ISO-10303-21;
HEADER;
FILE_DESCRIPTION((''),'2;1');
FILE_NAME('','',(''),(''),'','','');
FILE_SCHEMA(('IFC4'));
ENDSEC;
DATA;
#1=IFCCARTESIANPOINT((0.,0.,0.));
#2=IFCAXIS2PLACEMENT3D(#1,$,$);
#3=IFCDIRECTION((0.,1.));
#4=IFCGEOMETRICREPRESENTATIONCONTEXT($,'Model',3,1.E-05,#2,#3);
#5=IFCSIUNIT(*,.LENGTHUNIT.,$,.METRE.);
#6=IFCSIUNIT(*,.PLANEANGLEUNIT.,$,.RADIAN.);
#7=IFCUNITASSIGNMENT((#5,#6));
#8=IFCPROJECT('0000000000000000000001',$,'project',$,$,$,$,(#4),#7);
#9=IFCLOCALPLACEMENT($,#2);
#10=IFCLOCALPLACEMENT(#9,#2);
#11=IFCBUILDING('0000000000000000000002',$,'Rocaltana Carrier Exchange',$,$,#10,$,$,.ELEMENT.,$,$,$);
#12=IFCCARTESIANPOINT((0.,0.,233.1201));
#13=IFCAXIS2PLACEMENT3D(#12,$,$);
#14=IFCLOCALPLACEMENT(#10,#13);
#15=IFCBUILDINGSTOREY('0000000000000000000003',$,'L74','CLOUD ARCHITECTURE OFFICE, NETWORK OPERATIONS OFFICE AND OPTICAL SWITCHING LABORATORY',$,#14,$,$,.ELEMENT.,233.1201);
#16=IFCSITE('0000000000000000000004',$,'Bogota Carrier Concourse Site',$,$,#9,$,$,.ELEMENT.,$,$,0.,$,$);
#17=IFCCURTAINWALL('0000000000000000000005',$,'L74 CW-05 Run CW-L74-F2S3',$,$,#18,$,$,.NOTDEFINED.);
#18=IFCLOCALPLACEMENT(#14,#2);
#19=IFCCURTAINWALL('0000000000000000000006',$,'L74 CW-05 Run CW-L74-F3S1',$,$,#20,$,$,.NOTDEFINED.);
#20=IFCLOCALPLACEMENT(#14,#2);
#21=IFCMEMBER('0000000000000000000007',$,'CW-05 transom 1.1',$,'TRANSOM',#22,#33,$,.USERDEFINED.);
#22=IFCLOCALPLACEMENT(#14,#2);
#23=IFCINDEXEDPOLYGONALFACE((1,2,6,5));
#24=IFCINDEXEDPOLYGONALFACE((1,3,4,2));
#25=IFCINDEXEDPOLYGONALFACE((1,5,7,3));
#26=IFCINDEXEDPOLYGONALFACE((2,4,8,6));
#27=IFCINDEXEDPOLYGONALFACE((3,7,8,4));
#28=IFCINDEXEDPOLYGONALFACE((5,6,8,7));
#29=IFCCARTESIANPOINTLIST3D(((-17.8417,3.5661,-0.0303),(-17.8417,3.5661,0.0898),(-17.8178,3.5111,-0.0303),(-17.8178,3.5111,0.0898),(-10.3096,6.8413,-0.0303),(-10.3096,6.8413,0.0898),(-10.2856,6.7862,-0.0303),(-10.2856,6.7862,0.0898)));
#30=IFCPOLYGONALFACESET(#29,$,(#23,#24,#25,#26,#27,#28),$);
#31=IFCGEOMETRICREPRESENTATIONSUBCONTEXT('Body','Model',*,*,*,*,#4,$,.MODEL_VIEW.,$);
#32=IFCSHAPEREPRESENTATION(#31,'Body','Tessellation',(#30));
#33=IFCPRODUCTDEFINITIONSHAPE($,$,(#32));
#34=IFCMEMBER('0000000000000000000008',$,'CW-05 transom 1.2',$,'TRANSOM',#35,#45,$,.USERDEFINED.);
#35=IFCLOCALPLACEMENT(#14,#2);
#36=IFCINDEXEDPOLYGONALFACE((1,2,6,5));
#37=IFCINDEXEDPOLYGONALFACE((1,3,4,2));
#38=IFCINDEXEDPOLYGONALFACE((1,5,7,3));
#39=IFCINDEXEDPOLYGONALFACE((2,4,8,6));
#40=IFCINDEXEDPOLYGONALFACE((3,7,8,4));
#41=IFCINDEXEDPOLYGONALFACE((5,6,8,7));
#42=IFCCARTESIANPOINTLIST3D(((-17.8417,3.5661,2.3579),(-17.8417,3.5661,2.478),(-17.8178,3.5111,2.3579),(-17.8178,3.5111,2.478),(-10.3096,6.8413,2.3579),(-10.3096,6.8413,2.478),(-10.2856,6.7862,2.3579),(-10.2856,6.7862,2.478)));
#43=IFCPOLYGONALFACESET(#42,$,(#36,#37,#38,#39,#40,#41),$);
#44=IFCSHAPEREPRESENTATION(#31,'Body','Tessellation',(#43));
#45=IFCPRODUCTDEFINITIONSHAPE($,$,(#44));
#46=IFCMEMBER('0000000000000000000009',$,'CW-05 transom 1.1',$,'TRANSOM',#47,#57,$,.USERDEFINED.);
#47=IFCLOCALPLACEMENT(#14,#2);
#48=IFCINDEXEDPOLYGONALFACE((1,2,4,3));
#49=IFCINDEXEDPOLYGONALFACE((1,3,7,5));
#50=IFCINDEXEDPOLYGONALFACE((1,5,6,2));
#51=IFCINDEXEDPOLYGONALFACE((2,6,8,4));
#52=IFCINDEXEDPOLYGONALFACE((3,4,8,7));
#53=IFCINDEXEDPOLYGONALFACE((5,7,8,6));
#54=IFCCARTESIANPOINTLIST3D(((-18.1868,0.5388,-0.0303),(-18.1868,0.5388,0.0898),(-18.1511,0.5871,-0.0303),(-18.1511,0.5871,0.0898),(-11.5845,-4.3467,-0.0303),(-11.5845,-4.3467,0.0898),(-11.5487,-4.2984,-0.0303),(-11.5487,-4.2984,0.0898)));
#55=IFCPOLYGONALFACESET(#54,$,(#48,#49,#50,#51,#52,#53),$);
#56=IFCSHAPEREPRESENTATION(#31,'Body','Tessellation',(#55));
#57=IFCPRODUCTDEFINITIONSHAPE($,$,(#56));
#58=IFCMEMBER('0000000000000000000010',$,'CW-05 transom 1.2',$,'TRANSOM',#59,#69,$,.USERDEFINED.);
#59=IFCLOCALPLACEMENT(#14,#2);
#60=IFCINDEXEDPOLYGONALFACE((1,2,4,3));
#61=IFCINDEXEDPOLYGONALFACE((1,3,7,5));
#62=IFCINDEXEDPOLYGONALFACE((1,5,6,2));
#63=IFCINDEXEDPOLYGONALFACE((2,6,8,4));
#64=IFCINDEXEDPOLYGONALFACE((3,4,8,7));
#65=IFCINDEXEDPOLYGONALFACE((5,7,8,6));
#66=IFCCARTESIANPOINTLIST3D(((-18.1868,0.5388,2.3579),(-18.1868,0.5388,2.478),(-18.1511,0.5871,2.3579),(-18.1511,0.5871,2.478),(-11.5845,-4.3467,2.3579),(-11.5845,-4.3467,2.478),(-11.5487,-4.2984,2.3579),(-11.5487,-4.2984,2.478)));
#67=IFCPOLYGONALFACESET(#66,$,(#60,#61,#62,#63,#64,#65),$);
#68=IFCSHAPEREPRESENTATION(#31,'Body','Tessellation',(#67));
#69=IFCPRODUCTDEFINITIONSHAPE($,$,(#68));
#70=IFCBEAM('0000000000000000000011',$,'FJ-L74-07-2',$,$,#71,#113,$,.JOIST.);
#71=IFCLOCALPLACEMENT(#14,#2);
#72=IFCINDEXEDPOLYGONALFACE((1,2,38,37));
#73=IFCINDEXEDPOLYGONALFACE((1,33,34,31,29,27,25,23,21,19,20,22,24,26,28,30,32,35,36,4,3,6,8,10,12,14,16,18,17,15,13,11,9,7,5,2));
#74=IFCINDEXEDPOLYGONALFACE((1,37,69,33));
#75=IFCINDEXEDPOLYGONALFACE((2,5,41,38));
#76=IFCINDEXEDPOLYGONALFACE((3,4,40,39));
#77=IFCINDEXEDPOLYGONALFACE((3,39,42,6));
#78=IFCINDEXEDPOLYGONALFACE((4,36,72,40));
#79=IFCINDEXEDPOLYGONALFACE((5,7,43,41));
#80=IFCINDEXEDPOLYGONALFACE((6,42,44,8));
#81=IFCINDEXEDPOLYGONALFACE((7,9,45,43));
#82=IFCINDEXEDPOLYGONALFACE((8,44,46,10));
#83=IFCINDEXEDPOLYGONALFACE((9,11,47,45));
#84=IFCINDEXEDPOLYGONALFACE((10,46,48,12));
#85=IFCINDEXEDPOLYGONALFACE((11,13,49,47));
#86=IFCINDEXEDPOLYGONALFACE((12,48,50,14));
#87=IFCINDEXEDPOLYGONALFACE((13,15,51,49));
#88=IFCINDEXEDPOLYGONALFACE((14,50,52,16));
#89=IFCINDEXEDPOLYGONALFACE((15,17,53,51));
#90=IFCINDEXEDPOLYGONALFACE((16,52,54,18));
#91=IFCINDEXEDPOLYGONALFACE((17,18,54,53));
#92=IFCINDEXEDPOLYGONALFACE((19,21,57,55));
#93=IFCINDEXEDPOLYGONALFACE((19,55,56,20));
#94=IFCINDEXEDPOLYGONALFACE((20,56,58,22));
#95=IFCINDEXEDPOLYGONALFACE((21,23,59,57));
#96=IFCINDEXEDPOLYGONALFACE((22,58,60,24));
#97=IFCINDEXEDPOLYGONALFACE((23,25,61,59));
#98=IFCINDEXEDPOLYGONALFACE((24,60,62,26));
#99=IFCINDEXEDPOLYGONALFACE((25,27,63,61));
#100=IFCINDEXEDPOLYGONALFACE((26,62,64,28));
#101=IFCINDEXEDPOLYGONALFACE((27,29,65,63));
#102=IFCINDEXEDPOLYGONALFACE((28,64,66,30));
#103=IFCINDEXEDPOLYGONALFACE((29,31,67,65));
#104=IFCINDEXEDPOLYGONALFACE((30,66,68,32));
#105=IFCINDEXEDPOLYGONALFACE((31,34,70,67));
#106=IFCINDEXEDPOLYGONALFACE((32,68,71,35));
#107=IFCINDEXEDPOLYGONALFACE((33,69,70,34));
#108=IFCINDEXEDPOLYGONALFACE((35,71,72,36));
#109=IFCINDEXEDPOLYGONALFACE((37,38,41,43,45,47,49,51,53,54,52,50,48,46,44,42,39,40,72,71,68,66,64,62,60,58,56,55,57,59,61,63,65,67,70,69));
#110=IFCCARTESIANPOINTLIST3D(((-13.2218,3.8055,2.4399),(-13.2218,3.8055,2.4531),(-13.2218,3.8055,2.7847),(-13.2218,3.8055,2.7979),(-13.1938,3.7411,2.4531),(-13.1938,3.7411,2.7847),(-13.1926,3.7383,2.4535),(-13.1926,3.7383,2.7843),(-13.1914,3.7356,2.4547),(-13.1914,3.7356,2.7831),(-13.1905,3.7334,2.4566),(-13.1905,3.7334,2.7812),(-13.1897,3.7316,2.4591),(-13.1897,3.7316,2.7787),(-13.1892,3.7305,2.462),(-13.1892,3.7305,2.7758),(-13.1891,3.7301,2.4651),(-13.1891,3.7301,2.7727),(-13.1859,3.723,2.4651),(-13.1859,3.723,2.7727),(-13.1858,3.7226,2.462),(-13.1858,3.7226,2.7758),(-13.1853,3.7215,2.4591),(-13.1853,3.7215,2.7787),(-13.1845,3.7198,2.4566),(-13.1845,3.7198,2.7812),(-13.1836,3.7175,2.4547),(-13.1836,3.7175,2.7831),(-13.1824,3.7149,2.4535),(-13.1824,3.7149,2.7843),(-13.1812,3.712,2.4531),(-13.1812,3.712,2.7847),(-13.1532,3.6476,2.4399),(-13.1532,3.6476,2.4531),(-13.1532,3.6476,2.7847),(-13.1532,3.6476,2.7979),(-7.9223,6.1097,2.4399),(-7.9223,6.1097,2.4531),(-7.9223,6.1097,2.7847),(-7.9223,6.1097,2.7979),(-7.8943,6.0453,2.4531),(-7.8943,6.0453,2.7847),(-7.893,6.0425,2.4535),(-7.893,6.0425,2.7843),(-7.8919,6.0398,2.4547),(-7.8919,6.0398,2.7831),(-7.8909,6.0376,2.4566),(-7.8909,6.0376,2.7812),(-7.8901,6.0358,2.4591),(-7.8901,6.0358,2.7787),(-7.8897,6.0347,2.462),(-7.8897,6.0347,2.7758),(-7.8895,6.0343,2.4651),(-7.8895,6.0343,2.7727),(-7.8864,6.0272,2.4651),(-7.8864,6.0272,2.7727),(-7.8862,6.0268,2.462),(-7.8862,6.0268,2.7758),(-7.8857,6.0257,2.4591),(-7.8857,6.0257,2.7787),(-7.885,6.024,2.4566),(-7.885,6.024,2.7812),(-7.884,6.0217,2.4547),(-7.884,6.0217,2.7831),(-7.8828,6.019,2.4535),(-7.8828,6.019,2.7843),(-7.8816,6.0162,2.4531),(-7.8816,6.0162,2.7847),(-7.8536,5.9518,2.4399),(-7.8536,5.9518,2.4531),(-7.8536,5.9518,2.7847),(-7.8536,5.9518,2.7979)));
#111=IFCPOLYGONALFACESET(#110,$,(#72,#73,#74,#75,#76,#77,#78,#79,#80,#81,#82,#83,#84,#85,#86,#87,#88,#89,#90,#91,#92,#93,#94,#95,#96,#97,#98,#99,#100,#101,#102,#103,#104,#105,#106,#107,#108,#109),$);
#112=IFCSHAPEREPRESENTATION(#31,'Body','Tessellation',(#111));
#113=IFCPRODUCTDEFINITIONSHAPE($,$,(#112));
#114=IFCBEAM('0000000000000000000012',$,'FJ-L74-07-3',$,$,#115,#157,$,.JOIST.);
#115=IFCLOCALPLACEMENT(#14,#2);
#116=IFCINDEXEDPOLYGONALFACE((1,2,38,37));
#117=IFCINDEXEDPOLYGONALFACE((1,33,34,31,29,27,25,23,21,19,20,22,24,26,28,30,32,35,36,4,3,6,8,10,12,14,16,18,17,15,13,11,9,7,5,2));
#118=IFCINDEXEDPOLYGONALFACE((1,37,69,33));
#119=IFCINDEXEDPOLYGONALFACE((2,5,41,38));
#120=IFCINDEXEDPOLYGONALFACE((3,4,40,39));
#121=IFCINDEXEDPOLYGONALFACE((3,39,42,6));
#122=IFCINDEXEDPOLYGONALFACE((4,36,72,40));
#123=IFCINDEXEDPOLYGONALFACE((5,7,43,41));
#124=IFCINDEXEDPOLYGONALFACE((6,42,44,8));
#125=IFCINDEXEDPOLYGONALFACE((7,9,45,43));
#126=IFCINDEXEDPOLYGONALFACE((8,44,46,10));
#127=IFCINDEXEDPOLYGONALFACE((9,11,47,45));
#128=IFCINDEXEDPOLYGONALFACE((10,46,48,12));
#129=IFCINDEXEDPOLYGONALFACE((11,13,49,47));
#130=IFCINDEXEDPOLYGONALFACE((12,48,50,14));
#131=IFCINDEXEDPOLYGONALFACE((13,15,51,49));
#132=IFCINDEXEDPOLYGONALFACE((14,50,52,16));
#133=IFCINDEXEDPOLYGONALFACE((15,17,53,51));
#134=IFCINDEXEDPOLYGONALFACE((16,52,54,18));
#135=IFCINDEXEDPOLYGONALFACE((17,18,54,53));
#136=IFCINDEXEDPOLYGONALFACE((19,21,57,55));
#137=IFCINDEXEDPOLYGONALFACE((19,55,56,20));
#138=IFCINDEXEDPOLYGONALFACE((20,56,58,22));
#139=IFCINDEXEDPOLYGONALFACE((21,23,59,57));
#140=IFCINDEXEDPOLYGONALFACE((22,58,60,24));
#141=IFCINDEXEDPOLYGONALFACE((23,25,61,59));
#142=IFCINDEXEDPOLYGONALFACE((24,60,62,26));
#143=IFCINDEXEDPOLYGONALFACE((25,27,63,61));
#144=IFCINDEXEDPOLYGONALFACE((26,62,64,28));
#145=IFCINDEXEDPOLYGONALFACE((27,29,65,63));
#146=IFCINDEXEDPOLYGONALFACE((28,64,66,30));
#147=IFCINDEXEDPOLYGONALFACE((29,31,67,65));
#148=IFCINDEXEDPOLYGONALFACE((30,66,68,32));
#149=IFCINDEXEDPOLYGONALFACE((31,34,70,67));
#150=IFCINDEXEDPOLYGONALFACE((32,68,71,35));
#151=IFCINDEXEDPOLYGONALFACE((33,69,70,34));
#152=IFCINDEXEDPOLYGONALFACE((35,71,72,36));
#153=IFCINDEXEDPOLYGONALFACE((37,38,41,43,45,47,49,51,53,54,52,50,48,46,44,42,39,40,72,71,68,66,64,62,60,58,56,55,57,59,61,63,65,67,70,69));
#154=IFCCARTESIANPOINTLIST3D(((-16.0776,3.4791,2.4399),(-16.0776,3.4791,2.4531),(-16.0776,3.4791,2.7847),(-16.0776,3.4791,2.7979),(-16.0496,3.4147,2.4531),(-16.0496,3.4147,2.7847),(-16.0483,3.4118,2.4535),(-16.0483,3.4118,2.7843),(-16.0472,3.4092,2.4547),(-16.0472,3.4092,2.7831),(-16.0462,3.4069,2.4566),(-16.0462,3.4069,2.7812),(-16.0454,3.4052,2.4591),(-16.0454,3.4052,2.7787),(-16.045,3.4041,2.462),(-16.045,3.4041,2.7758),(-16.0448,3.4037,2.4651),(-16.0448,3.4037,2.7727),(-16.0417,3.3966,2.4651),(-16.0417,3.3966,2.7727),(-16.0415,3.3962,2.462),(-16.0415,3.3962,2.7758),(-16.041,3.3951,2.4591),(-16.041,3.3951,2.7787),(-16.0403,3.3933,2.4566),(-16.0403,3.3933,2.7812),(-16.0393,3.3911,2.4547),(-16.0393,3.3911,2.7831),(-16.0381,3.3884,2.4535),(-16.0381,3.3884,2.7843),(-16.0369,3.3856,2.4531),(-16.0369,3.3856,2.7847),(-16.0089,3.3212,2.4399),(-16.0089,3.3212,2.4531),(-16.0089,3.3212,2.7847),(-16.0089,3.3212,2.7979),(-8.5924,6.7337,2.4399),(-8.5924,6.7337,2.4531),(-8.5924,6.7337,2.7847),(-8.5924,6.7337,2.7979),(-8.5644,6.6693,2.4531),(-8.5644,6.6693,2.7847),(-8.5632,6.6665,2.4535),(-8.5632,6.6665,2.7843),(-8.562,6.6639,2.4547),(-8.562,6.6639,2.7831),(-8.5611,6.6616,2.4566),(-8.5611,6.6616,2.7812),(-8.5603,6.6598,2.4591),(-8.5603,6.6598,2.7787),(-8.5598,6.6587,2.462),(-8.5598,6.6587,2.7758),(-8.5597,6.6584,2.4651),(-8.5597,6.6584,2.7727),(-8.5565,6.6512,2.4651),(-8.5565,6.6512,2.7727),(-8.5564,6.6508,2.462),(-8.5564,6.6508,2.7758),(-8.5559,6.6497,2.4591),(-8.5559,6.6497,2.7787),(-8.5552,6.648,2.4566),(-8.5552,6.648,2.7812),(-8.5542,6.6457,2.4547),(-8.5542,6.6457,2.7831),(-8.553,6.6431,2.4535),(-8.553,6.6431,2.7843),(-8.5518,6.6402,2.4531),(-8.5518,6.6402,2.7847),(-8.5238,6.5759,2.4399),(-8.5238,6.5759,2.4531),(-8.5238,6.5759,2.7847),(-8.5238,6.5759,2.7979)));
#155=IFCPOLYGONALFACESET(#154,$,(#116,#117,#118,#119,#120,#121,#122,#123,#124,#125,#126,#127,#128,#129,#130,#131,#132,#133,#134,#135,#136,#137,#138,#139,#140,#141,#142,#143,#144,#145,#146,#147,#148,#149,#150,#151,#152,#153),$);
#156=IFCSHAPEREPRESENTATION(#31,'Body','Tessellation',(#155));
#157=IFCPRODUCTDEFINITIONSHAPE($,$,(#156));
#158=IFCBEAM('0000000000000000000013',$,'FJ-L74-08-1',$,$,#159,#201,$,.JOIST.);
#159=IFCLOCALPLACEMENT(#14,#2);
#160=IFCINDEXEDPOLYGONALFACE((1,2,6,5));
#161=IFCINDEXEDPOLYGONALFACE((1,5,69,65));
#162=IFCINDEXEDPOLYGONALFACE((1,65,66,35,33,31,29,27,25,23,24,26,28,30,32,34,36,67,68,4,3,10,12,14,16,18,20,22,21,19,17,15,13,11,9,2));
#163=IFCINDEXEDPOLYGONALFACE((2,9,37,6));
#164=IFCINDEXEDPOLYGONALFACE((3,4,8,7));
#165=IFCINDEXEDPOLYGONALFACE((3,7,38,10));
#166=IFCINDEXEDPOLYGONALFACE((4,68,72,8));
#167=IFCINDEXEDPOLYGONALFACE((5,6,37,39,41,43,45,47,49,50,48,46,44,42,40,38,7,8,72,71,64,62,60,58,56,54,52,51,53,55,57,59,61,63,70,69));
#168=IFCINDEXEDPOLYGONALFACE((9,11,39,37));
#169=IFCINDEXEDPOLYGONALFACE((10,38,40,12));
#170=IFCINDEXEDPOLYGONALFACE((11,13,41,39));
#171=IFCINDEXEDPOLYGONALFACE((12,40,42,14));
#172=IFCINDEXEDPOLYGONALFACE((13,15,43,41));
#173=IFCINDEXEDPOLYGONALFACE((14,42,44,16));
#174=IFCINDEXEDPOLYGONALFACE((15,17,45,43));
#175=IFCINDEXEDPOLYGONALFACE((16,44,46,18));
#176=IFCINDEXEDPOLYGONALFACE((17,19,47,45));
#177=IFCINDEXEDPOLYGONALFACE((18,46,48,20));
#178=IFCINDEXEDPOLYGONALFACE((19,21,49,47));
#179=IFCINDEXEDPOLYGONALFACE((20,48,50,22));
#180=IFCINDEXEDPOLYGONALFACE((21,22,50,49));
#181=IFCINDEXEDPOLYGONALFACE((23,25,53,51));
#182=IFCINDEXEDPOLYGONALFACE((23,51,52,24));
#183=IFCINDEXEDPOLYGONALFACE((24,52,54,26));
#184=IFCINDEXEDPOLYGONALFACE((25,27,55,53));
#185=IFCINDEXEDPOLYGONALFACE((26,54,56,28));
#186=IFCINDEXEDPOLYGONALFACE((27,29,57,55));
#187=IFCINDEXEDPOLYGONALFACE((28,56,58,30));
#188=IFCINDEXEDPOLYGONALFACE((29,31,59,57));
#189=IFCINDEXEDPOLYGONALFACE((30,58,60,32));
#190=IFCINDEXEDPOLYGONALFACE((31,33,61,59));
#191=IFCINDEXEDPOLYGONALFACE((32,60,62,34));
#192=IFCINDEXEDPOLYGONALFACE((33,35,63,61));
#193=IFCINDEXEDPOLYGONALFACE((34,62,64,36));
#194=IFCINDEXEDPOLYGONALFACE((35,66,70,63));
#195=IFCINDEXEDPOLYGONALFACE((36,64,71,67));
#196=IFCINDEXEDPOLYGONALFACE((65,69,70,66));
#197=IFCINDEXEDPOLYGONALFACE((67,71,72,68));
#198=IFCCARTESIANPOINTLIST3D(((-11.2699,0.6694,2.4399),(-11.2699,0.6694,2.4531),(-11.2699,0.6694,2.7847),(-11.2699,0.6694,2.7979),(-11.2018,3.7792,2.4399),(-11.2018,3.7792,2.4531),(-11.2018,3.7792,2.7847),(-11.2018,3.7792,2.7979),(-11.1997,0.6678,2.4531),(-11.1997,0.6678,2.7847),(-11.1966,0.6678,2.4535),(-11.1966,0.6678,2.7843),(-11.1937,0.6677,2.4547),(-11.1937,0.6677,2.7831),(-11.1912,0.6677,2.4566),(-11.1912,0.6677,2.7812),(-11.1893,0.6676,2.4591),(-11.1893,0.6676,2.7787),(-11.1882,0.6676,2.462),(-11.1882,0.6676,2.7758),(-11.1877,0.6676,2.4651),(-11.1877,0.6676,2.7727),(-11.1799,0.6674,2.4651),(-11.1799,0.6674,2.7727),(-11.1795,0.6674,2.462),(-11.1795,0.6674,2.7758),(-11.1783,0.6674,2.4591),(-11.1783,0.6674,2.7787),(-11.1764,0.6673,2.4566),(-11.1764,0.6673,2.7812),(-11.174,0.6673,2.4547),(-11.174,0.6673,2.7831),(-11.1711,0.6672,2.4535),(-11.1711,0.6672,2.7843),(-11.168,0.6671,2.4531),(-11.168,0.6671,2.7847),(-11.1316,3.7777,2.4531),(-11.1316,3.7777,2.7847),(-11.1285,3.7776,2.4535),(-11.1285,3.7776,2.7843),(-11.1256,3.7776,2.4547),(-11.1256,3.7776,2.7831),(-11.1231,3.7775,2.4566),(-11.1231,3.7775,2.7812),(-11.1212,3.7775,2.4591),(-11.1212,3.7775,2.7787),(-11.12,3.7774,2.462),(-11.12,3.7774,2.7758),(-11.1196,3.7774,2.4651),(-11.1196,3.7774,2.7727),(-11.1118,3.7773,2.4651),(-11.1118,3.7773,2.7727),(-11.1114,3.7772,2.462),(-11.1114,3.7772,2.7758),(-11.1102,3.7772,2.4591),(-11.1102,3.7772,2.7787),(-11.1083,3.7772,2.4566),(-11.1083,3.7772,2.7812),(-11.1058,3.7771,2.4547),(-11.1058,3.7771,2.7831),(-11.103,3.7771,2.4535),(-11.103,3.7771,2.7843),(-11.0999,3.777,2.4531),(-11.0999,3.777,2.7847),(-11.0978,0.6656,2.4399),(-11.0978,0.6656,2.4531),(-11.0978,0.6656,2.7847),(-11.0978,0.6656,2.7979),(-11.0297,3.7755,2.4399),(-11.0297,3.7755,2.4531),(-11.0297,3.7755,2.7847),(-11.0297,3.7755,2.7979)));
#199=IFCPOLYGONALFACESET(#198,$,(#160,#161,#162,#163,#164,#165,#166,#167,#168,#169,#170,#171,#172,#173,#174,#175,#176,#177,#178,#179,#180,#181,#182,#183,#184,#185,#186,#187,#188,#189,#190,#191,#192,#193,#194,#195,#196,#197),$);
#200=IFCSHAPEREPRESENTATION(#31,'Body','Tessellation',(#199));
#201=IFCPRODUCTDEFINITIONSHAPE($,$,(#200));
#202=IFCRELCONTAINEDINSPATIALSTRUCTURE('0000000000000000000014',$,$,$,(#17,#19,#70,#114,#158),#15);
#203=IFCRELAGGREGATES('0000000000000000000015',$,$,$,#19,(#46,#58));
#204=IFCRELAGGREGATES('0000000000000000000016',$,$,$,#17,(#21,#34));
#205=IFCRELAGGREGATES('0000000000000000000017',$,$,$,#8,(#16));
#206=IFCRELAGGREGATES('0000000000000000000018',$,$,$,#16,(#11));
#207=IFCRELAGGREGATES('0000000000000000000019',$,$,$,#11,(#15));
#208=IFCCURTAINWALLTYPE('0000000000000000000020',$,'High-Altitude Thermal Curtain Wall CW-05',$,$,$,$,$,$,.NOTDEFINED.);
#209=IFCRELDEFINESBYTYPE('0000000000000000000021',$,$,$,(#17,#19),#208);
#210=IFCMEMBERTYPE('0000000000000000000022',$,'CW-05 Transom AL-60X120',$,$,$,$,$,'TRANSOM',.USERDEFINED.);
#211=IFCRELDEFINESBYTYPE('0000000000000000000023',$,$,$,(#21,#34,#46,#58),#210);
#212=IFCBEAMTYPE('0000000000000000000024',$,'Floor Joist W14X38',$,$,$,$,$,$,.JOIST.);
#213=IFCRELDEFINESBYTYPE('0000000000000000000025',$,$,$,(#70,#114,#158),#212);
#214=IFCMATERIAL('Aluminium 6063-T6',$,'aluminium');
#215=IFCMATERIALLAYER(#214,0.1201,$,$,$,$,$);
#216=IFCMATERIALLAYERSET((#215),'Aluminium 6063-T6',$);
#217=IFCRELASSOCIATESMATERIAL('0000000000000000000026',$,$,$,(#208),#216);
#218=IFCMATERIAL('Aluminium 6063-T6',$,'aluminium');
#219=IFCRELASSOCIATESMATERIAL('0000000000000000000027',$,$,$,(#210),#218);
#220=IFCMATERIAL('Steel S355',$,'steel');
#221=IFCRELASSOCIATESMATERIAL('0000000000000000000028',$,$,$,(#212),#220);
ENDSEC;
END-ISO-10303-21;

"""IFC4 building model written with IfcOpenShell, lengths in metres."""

from ifc_helpers import new_model, si_unit, direction, frame, origin, origin_2d, place, context, subcontext, project, spatial, rectangle, i_section, extrude, material, layer, layer_set, material_profile, profile_set, type_object, element, aggregate, save


model = new_model("IFC4")

# Units and contexts
model_context = context("Model", 3, precision=1e-05, world=origin(), true_north=direction((0.0, 1.0)))
body_context = subcontext(model_context, "Body", "Model", "MODEL_VIEW")
ifc_project = project(units=[si_unit("LENGTHUNIT", "METRE"), si_unit("PLANEANGLEUNIT", "RADIAN")], contexts=[model_context])

# Site, building, storey
site_placement = place(None, origin())
site = spatial("IfcSite", under=ifc_project, at=site_placement, Name="Bogota Carrier Concourse Site", CompositionType="ELEMENT", RefElevation=0.0)
building_placement = place(site_placement, origin())
building = spatial("IfcBuilding", under=site, at=building_placement, Name="Rocaltana Carrier Exchange", CompositionType="ELEMENT")
storey_placement = place(building_placement, frame((0.0, 0.0, 233.1201)))
storey = spatial("IfcBuildingStorey", under=building, at=storey_placement, Name="L74", Description="CLOUD ARCHITECTURE OFFICE, NETWORK OPERATIONS OFFICE AND OPTICAL SWITCHING LABORATORY", CompositionType="ELEMENT", Elevation=233.1201)

# Shared definitions
ifc_material_1 = material(Name="Aluminium 6063-T6", Category="aluminium")
ifc_layer_1 = layer(ifc_material_1, 0.1201)
ifc_layer_set_1 = layer_set([ifc_layer_1], Name="Aluminium 6063-T6")
curtain_wall_type = type_object("IfcCurtainWallType", Name="High-Altitude Thermal Curtain Wall CW-05", PredefinedType="NOTDEFINED", material=ifc_layer_set_1)

# Curtain wall
curtain_wall_1_placement = place(storey_placement, origin())
curtain_wall_1 = element("IfcCurtainWall", 1, at=curtain_wall_1_placement, inside=storey, type_object=curtain_wall_type, Name="L74 CW-05 Run CW-L74-F2S3", PredefinedType="NOTDEFINED")

# Curtain wall
curtain_wall_2_placement = place(storey_placement, origin())
curtain_wall_2 = element("IfcCurtainWall", 2, at=curtain_wall_2_placement, inside=storey, type_object=curtain_wall_type, Name="L74 CW-05 Run CW-L74-F3S1", PredefinedType="NOTDEFINED")

# Members
ifc_material_2 = material(Name="Aluminium 6063-T6", Category="aluminium")
ifc_material_profile_1 = material_profile(ifc_material_2, rectangle(XDim=0.0601, YDim=0.1201, at=origin_2d()), Name="AL-60X120")
ifc_profile_set_1 = profile_set([ifc_material_profile_1], Name="Aluminium 6063-T6")
member_type_1 = type_object("IfcMemberType", Name="CW-05 Transom AL-60X120", ElementType="TRANSOM", PredefinedType="USERDEFINED", material=ifc_profile_set_1)
member_1_placement = place(storey_placement, frame((-10.2976, 6.8137, 0.0298), z_axis=(-0.917058, -0.398753, 0.0), x_axis=(0.398753, -0.917058, 0.0)))
member_1 = element("IfcMember", 3, at=member_1_placement, type_object=member_type_1, Name="CW-05 transom 1.1", ObjectType="TRANSOM", PredefinedType="USERDEFINED", context=body_context, shape_type="SweptSolid", body=[
    extrude(rectangle(XDim=0.0601, YDim=0.1201, at=origin_2d()), origin(), (0.0, 0.0, 1.0), 8.2134),
])
member_2_placement = place(storey_placement, frame((-10.2976, 6.8137, 2.418), z_axis=(-0.917058, -0.398753, 0.0), x_axis=(0.398753, -0.917058, 0.0)))
member_2 = element("IfcMember", 4, at=member_2_placement, type_object=member_type_1, Name="CW-05 transom 1.2", ObjectType="TRANSOM", PredefinedType="USERDEFINED", context=body_context, shape_type="SweptSolid", body=[
    extrude(rectangle(XDim=0.0601, YDim=0.1201, at=origin_2d()), origin(), (0.0, 0.0, 1.0), 8.2134),
])
member_3_placement = place(storey_placement, frame((-18.1689, 0.563, 0.0298), z_axis=(0.803854, -0.594827, 0.0), x_axis=(0.594827, 0.803854, 0.0)))
member_3 = element("IfcMember", 5, at=member_3_placement, type_object=member_type_1, Name="CW-05 transom 1.1", ObjectType="TRANSOM", PredefinedType="USERDEFINED", context=body_context, shape_type="SweptSolid", body=[
    extrude(rectangle(XDim=0.0601, YDim=0.1201, at=origin_2d()), origin(), (0.0, 0.0, 1.0), 8.2134),
])
member_4_placement = place(storey_placement, frame((-18.1689, 0.563, 2.418), z_axis=(0.803854, -0.594827, 0.0), x_axis=(0.594827, 0.803854, 0.0)))
member_4 = element("IfcMember", 6, at=member_4_placement, type_object=member_type_1, Name="CW-05 transom 1.2", ObjectType="TRANSOM", PredefinedType="USERDEFINED", context=body_context, shape_type="SweptSolid", body=[
    extrude(rectangle(XDim=0.0601, YDim=0.1201, at=origin_2d()), origin(), (0.0, 0.0, 1.0), 8.2134),
])
aggregate(curtain_wall_2, [member_3, member_4])

# Beams
ifc_material_3 = material(Name="Steel S355", Category="steel")
ifc_material_profile_2 = material_profile(ifc_material_3, i_section(OverallWidth=0.1721, OverallDepth=0.3579, WebThickness=0.0078, FlangeThickness=0.0132, FilletRadius=0.012, at=origin_2d()), Name="W14X38")
ifc_profile_set_2 = profile_set([ifc_material_profile_2], Name="Steel S355")
beam_type_1 = type_object("IfcBeamType", Name="Floor Joist W14X38", PredefinedType="JOIST", material=ifc_profile_set_2)
beam_1_placement = place(storey_placement, frame((-7.8879, 6.0308, 2.6189), z_axis=(-0.917067, -0.398732, 0.0), x_axis=(0.398732, -0.917067, 0.0)))
element("IfcBeam", 7, at=beam_1_placement, inside=storey, type_object=beam_type_1, Name="FJ-L74-07-2", PredefinedType="JOIST", context=body_context, shape_type="SweptSolid", body=[
    extrude(i_section(OverallWidth=0.1721, OverallDepth=0.3579, WebThickness=0.0078, FlangeThickness=0.0132, FilletRadius=0.012, at=origin_2d()), origin(), (0.0, 0.0, 1.0), 5.7788),
])
beam_2_placement = place(storey_placement, frame((-8.5581, 6.6548, 2.6189), z_axis=(-0.917059, -0.398751, 0.0), x_axis=(0.398751, -0.917059, 0.0)))
element("IfcBeam", 8, at=beam_2_placement, inside=storey, type_object=beam_type_1, Name="FJ-L74-07-3", PredefinedType="JOIST", context=body_context, shape_type="SweptSolid", body=[
    extrude(i_section(OverallWidth=0.1721, OverallDepth=0.3579, WebThickness=0.0078, FlangeThickness=0.0132, FilletRadius=0.012, at=origin_2d()), origin(), (0.0, 0.0, 1.0), 8.1621),
])
beam_3_placement = place(storey_placement, frame((-11.1157, 3.7773, 2.6189), z_axis=(-0.021898, -0.99976, 0.0), x_axis=(0.99976, -0.021898, 0.0)))
element("IfcBeam", 9, at=beam_3_placement, inside=storey, type_object=beam_type_1, Name="FJ-L74-08-1", PredefinedType="JOIST", context=body_context, shape_type="SweptSolid", body=[
    extrude(i_section(OverallWidth=0.1721, OverallDepth=0.3579, WebThickness=0.0078, FlangeThickness=0.0132, FilletRadius=0.012, at=origin_2d()), origin(), (0.0, 0.0, 1.0), 3.1106),
])

aggregate(curtain_wall_1, [member_1, member_2])

save(model, "model.ifc")
